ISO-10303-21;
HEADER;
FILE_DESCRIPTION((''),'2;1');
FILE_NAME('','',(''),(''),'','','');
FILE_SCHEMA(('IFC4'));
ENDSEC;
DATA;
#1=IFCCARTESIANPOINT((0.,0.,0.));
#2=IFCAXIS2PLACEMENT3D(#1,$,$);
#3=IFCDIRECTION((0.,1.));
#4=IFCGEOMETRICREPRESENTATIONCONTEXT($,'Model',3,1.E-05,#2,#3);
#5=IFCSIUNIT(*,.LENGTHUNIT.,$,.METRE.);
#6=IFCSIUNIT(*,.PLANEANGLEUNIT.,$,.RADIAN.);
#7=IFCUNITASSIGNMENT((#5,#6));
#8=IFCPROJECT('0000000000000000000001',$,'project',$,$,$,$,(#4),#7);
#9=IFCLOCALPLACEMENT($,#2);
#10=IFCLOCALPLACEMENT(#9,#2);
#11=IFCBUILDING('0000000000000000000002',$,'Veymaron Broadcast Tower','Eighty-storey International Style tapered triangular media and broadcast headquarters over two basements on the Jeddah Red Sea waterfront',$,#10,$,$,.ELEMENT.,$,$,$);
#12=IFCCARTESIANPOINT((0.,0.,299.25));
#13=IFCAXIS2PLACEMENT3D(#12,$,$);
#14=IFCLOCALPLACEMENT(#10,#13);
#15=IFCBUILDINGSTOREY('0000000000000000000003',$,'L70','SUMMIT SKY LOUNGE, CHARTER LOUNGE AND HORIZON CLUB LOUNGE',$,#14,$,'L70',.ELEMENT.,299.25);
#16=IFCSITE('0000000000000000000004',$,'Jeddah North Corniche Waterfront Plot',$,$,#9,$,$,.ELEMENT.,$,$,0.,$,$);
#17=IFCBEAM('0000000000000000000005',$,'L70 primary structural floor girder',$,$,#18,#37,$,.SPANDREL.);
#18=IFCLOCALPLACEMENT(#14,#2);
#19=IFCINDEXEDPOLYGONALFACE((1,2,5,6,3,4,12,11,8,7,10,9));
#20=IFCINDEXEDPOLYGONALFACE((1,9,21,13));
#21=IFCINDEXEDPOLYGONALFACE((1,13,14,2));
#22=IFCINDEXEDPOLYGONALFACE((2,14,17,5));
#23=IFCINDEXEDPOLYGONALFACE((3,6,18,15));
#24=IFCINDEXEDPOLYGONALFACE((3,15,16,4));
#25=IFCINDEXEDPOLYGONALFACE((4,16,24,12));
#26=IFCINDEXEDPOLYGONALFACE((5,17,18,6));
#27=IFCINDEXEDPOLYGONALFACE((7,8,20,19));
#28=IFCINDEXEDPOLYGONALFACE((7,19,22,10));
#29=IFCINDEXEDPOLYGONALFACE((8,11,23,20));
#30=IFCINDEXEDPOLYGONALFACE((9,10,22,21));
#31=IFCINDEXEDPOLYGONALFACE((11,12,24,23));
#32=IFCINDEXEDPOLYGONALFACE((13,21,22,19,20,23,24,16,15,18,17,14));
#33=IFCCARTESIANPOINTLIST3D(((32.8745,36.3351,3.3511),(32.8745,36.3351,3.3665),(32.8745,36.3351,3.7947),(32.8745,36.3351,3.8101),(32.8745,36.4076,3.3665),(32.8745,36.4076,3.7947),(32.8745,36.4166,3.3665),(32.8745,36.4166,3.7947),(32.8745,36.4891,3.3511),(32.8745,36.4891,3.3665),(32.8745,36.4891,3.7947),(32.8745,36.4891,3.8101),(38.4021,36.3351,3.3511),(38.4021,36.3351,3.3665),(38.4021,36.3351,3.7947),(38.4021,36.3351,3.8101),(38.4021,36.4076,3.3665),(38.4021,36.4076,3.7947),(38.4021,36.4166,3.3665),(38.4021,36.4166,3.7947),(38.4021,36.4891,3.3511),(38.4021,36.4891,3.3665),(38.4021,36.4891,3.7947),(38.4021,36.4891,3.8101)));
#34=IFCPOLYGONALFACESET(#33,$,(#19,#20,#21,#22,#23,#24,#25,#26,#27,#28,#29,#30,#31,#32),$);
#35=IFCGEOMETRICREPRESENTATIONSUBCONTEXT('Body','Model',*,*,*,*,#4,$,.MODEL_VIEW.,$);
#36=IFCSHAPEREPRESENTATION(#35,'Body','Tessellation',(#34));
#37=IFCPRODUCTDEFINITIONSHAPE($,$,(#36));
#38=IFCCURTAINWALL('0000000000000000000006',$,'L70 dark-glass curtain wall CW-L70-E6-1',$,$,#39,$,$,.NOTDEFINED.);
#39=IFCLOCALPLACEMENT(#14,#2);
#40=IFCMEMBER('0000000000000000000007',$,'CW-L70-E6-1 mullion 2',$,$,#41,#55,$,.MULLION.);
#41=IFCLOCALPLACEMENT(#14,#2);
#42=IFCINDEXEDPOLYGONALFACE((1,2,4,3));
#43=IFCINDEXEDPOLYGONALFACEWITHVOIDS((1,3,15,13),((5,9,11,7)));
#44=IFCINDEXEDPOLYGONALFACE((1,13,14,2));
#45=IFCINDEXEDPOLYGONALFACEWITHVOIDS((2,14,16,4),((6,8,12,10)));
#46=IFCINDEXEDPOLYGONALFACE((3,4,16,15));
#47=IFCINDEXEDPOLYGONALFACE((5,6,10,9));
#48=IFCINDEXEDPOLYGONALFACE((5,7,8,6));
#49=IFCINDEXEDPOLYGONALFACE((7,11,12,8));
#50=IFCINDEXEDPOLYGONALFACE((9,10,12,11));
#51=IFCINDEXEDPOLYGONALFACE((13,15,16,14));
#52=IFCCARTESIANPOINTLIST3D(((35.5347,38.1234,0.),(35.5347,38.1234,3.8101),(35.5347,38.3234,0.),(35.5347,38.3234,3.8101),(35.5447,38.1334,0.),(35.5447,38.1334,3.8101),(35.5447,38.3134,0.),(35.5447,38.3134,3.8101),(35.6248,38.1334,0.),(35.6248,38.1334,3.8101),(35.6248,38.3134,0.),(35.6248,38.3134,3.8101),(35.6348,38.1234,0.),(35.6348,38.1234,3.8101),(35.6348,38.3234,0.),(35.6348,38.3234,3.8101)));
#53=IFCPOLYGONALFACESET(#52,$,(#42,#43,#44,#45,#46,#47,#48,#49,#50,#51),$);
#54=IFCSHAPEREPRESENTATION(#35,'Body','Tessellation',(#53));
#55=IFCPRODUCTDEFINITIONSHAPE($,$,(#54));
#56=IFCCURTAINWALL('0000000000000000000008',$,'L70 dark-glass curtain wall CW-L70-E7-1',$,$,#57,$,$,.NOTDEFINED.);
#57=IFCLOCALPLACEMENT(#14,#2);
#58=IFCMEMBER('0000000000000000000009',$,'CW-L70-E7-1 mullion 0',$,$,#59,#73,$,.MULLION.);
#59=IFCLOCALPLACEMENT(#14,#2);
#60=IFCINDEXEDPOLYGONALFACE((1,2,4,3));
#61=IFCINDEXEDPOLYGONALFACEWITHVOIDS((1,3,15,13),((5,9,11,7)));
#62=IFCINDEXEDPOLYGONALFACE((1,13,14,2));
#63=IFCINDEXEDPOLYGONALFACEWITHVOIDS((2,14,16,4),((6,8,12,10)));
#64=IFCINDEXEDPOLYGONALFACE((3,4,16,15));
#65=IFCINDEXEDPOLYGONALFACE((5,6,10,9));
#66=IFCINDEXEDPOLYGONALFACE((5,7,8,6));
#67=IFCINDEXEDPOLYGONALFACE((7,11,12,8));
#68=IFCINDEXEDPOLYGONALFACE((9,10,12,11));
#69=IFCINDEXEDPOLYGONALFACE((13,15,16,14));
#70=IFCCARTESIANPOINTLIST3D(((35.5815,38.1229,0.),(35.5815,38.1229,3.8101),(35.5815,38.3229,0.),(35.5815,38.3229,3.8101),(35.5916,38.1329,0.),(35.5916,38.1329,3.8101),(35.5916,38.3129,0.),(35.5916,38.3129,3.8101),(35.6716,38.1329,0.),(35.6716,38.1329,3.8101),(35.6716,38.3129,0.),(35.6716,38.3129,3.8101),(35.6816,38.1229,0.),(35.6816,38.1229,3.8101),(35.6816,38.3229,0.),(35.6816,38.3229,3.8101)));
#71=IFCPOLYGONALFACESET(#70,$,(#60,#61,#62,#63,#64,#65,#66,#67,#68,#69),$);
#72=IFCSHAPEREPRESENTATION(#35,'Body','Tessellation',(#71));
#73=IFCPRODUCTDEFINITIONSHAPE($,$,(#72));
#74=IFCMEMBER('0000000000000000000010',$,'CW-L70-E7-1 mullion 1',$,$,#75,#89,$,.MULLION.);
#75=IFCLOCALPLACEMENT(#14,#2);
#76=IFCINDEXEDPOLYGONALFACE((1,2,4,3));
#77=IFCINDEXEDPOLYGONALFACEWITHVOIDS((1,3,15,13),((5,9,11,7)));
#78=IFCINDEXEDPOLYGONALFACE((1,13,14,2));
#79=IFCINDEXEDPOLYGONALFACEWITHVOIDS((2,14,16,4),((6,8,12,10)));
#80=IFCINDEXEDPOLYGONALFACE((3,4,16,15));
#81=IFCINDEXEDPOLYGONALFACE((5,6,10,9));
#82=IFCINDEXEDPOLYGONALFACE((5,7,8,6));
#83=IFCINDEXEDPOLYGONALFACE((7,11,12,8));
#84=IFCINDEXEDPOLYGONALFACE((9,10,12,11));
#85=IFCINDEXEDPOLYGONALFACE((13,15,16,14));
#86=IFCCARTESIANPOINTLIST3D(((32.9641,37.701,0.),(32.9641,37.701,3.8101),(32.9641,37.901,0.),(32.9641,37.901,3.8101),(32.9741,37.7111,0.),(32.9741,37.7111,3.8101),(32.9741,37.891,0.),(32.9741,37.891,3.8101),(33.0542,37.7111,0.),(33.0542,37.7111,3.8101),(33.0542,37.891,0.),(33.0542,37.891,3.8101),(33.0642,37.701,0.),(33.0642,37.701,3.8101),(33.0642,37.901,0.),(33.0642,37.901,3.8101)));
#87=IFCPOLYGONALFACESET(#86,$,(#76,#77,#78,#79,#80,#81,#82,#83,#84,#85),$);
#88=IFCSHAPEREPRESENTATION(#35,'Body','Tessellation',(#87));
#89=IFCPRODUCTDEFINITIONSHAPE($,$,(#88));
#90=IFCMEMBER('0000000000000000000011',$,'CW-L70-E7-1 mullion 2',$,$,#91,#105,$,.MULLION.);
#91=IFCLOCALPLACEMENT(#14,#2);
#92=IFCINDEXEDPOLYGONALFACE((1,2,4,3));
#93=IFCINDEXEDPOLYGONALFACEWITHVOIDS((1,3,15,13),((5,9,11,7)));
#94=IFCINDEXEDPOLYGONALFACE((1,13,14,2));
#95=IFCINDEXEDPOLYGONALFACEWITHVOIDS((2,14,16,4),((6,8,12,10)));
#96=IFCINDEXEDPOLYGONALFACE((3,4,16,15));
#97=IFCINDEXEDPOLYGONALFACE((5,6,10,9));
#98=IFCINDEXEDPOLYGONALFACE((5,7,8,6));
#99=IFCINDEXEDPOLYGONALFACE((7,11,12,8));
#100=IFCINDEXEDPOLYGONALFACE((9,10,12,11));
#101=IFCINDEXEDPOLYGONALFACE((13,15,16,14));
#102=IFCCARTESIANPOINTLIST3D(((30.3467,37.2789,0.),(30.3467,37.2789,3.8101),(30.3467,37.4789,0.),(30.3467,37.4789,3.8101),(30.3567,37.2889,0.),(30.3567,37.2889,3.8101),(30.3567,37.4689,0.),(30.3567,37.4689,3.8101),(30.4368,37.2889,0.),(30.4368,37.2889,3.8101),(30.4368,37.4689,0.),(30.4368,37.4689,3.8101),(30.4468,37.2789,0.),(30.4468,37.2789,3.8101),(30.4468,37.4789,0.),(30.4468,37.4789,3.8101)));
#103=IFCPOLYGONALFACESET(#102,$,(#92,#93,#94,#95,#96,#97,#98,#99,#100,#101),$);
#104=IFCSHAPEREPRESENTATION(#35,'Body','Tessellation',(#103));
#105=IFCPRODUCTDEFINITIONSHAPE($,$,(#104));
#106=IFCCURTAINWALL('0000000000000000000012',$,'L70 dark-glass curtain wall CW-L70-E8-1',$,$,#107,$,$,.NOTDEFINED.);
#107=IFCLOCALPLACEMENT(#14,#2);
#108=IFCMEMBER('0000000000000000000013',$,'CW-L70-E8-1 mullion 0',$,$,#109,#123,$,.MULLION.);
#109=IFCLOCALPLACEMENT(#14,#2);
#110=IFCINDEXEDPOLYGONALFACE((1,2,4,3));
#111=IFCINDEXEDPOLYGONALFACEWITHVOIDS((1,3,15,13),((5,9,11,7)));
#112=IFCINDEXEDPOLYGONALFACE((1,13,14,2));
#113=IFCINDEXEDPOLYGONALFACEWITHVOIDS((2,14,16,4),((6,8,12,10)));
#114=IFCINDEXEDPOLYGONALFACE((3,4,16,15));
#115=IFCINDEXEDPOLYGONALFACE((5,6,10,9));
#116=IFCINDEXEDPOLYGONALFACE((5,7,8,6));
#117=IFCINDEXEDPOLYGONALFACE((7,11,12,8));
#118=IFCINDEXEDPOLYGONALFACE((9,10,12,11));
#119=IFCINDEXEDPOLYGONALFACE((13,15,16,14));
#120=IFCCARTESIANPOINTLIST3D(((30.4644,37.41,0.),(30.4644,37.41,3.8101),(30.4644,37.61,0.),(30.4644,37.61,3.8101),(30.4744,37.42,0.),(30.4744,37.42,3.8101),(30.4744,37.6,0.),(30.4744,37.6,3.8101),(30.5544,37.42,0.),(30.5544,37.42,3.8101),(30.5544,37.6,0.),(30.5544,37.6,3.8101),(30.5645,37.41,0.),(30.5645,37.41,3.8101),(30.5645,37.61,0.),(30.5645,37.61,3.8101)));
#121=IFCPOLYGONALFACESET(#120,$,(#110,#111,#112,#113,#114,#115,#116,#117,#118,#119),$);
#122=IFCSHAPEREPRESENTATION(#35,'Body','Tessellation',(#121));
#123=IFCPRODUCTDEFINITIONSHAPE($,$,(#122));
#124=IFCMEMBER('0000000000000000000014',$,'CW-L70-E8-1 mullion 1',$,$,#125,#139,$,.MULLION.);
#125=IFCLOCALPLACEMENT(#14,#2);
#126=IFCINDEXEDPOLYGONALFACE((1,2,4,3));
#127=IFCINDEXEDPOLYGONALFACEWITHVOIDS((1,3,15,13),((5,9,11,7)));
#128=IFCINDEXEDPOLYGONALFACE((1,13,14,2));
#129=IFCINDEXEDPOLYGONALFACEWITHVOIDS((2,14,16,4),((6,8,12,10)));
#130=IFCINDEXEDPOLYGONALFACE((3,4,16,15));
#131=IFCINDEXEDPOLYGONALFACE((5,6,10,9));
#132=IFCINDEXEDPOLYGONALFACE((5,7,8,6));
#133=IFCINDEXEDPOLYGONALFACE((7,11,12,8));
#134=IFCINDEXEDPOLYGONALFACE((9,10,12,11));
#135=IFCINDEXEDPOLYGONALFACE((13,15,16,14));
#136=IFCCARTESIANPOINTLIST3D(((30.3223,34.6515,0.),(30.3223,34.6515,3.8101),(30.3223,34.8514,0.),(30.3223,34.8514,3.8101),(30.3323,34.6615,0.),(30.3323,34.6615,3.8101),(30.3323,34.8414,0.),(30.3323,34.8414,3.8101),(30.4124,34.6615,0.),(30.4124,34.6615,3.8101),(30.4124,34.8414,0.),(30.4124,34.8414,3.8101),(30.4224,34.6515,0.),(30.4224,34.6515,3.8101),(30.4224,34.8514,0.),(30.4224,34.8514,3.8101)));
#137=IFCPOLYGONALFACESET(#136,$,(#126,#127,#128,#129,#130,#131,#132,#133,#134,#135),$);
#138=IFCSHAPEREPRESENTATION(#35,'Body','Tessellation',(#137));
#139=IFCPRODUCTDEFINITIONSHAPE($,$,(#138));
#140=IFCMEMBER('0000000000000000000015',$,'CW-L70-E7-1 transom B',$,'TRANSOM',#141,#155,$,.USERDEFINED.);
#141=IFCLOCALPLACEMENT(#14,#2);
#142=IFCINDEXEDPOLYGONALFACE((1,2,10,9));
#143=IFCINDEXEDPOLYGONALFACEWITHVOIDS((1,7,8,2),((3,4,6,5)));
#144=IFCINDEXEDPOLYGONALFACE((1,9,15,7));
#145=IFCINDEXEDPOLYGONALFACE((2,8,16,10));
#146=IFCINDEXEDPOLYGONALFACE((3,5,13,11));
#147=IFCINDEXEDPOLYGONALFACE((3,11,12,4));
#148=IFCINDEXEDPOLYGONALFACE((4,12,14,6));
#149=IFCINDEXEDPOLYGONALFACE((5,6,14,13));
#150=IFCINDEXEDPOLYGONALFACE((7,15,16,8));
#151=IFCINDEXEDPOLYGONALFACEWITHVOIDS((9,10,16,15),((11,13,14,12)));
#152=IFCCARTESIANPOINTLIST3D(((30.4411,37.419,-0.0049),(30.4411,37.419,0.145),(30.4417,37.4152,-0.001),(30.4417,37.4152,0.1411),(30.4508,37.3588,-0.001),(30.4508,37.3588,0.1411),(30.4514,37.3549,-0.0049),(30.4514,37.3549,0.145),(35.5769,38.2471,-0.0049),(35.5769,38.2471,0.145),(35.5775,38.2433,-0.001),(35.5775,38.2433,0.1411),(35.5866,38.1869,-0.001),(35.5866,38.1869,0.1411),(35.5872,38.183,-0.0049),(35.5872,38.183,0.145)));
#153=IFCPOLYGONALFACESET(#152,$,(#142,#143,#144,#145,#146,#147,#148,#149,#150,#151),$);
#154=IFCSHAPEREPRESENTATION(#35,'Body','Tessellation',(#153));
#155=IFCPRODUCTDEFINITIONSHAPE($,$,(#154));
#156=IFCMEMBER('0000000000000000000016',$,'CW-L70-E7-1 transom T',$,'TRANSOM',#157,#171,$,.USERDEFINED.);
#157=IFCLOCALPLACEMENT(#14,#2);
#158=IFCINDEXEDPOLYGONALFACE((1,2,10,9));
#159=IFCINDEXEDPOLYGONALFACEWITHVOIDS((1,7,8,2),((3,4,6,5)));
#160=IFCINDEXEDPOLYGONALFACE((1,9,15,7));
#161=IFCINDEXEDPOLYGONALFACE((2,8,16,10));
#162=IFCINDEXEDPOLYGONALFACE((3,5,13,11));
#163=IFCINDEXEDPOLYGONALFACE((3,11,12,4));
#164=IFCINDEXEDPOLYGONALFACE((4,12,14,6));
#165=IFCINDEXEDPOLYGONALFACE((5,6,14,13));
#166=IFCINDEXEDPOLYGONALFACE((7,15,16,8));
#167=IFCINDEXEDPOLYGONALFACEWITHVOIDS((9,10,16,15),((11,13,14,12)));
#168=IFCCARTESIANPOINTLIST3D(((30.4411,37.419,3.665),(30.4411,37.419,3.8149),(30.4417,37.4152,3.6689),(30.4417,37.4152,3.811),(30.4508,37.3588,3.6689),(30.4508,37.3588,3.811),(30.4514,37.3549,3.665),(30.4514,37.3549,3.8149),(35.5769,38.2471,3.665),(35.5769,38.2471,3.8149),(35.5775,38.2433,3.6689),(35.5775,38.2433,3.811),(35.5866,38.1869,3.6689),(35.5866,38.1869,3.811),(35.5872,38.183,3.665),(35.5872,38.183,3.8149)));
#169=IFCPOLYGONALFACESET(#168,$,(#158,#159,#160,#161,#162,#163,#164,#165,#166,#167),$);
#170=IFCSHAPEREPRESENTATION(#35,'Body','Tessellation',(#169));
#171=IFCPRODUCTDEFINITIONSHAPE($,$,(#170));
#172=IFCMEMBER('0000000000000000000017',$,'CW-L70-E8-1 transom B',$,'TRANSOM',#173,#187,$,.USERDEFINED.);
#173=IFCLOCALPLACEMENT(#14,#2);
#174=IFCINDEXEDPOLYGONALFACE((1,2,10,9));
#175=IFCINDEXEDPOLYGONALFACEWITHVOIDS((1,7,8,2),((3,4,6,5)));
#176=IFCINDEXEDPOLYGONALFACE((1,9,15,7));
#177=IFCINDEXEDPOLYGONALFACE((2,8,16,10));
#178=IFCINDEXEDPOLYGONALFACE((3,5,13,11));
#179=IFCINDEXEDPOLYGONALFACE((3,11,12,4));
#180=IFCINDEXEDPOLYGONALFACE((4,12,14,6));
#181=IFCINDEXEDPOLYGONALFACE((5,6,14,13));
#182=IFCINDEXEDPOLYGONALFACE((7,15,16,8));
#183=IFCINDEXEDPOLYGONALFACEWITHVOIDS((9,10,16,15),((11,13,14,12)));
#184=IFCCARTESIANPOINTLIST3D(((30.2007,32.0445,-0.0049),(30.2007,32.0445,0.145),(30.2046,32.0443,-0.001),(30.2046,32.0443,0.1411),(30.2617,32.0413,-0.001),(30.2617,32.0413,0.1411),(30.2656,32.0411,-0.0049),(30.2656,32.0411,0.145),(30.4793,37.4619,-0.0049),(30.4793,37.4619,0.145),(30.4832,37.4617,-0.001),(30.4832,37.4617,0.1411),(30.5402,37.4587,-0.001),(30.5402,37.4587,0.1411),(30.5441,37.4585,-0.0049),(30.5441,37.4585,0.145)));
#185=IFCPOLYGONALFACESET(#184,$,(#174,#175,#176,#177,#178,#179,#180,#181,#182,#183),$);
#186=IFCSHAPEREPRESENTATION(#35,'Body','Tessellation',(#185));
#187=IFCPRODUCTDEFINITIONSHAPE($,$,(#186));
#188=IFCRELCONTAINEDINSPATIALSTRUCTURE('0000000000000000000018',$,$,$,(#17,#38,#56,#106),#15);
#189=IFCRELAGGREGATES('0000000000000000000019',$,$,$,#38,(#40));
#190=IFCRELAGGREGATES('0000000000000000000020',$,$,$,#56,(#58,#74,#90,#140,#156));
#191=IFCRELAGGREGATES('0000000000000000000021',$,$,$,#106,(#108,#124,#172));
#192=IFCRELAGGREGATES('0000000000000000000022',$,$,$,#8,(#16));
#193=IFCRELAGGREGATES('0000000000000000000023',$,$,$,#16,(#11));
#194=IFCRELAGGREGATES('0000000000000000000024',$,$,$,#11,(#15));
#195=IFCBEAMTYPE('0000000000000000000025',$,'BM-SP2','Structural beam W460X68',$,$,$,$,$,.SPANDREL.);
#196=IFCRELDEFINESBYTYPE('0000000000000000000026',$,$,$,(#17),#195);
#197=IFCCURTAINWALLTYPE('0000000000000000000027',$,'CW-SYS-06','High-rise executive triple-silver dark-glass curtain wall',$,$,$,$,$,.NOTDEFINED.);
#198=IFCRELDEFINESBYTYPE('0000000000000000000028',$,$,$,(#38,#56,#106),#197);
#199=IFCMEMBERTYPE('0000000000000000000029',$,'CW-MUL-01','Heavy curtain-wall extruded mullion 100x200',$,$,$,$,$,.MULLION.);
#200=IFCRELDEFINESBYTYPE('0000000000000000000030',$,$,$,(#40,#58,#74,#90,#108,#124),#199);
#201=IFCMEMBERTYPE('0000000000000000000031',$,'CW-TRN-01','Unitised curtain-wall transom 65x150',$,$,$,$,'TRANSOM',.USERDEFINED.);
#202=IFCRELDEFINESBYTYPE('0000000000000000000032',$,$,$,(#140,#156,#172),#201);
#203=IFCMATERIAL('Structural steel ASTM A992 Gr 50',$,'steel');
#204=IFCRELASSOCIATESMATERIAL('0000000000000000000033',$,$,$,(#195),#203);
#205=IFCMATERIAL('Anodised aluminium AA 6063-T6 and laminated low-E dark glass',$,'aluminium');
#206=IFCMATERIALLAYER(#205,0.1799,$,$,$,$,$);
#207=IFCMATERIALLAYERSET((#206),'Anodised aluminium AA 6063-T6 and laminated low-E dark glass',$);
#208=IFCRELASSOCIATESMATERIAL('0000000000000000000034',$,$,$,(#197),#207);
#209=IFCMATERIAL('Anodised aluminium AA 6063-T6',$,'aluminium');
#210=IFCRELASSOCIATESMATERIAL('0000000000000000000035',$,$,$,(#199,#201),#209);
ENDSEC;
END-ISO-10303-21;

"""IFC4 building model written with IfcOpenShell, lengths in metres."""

from ifc_helpers import new_model, si_unit, direction, frame, origin, origin_2d, place, context, subcontext, project, spatial, hollow_rectangle, i_section, extrude, material, layer, layer_set, material_profile, profile_set, type_object, element, aggregate, save


model = new_model("IFC4")

# Units and contexts
model_context = context("Model", 3, precision=1e-05, world=origin(), true_north=direction((0.0, 1.0)))
body_context = subcontext(model_context, "Body", "Model", "MODEL_VIEW")
ifc_project = project(units=[si_unit("LENGTHUNIT", "METRE"), si_unit("PLANEANGLEUNIT", "RADIAN")], contexts=[model_context])

# Site, building, storey
site_placement = place(None, origin())
site = spatial("IfcSite", under=ifc_project, at=site_placement, Name="Jeddah North Corniche Waterfront Plot", CompositionType="ELEMENT", RefElevation=0.0)
building_placement = place(site_placement, origin())
building = spatial("IfcBuilding", under=site, at=building_placement, Name="Veymaron Broadcast Tower", Description="Eighty-storey International Style tapered triangular media and broadcast headquarters over two basements on the Jeddah Red Sea waterfront", CompositionType="ELEMENT")
storey_placement = place(building_placement, frame((0.0, 0.0, 299.25)))
storey = spatial("IfcBuildingStorey", under=building, at=storey_placement, Name="L70", Description="SUMMIT SKY LOUNGE, CHARTER LOUNGE AND HORIZON CLUB LOUNGE", LongName="L70", CompositionType="ELEMENT", Elevation=299.25)

# Shared definitions
ifc_material_1 = material(Name="Structural steel ASTM A992 Gr 50", Category="steel")

# Beam
ifc_material_profile_1 = material_profile(ifc_material_1, i_section(OverallWidth=0.1541, OverallDepth=0.459, WebThickness=0.009, FlangeThickness=0.0154, at=origin_2d()), Name="W460X68")
ifc_profile_set_1 = profile_set([ifc_material_profile_1], Name="Structural steel ASTM A992 Gr 50")
beam_type_1 = type_object("IfcBeamType", Name="BM-SP2", Description="Structural beam W460X68", PredefinedType="SPANDREL", material=ifc_profile_set_1)
beam_1_placement = place(storey_placement, frame((32.8745, 36.4121, 3.5806), z_axis=(1.0, 0.0, 0.0), x_axis=(0.0, 1.0, 0.0)))
element("IfcBeam", 1, at=beam_1_placement, inside=storey, type_object=beam_type_1, Name="L70 primary structural floor girder", PredefinedType="SPANDREL", context=body_context, shape_type="SweptSolid", body=[
    extrude(i_section(OverallWidth=0.1541, OverallDepth=0.459, WebThickness=0.009, FlangeThickness=0.0154, at=origin_2d()), origin(), (0.0, 0.0, 1.0), 5.5276),
])

# Curtain wall, member
ifc_material_2 = material(Name="Anodised aluminium AA 6063-T6 and laminated low-E dark glass", Category="aluminium")
ifc_layer_1 = layer(ifc_material_2, 0.1799)
ifc_layer_set_1 = layer_set([ifc_layer_1], Name="Anodised aluminium AA 6063-T6 and laminated low-E dark glass")
curtain_wall_type = type_object("IfcCurtainWallType", Name="CW-SYS-06", Description="High-rise executive triple-silver dark-glass curtain wall", PredefinedType="NOTDEFINED", material=ifc_layer_set_1)
curtain_wall_1_placement = place(storey_placement, origin())
curtain_wall_1 = element("IfcCurtainWall", 2, at=curtain_wall_1_placement, inside=storey, type_object=curtain_wall_type, Name="L70 dark-glass curtain wall CW-L70-E6-1", PredefinedType="NOTDEFINED")
ifc_material_3 = material(Name="Anodised aluminium AA 6063-T6", Category="aluminium")
ifc_material_profile_2 = material_profile(ifc_material_3, hollow_rectangle(XDim=0.1001, YDim=0.2, WallThickness=0.01, at=origin_2d()), Name="RHS200X100X10")
ifc_profile_set_2 = profile_set([ifc_material_profile_2], Name="Anodised aluminium AA 6063-T6")
member_type_1 = type_object("IfcMemberType", Name="CW-MUL-01", Description="Heavy curtain-wall extruded mullion 100x200", PredefinedType="MULLION", material=ifc_profile_set_2)
member_1_placement = place(storey_placement, frame((35.5847, 38.2234, 0.0), z_axis=(0.0, 0.0, 1.0), x_axis=(1.0, 0.0, 0.0)))
member_1 = element("IfcMember", 3, at=member_1_placement, type_object=member_type_1, Name="CW-L70-E6-1 mullion 2", PredefinedType="MULLION", context=body_context, shape_type="SweptSolid", body=[
    extrude(hollow_rectangle(XDim=0.1001, YDim=0.2, WallThickness=0.01, at=origin_2d()), origin(), (0.0, 0.0, 1.0), 3.8101),
])
aggregate(curtain_wall_1, [member_1])

# Curtain walls, members
curtain_wall_2_placement = place(storey_placement, origin())
curtain_wall_2 = element("IfcCurtainWall", 4, at=curtain_wall_2_placement, inside=storey, type_object=curtain_wall_type, Name="L70 dark-glass curtain wall CW-L70-E7-1", PredefinedType="NOTDEFINED")
member_2_placement = place(storey_placement, frame((35.6316, 38.2229, 0.0), z_axis=(0.0, 0.0, 1.0), x_axis=(1.0, 0.0, 0.0)))
member_2 = element("IfcMember", 5, at=member_2_placement, type_object=member_type_1, Name="CW-L70-E7-1 mullion 0", PredefinedType="MULLION", context=body_context, shape_type="SweptSolid", body=[
    extrude(hollow_rectangle(XDim=0.1001, YDim=0.2, WallThickness=0.01, at=origin_2d()), origin(), (0.0, 0.0, 1.0), 3.8101),
])
member_3_placement = place(storey_placement, frame((33.0142, 37.801, 0.0), z_axis=(0.0, 0.0, 1.0), x_axis=(1.0, 0.0, 0.0)))
member_3 = element("IfcMember", 6, at=member_3_placement, type_object=member_type_1, Name="CW-L70-E7-1 mullion 1", PredefinedType="MULLION", context=body_context, shape_type="SweptSolid", body=[
    extrude(hollow_rectangle(XDim=0.1001, YDim=0.2, WallThickness=0.01, at=origin_2d()), origin(), (0.0, 0.0, 1.0), 3.8101),
])
member_4_placement = place(storey_placement, frame((30.3967, 37.3789, 0.0), z_axis=(0.0, 0.0, 1.0), x_axis=(1.0, 0.0, 0.0)))
member_4 = element("IfcMember", 7, at=member_4_placement, type_object=member_type_1, Name="CW-L70-E7-1 mullion 2", PredefinedType="MULLION", context=body_context, shape_type="SweptSolid", body=[
    extrude(hollow_rectangle(XDim=0.1001, YDim=0.2, WallThickness=0.01, at=origin_2d()), origin(), (0.0, 0.0, 1.0), 3.8101),
])
curtain_wall_3_placement = place(storey_placement, origin())
curtain_wall_3 = element("IfcCurtainWall", 8, at=curtain_wall_3_placement, inside=storey, type_object=curtain_wall_type, Name="L70 dark-glass curtain wall CW-L70-E8-1", PredefinedType="NOTDEFINED")
member_5_placement = place(storey_placement, frame((30.5144, 37.51, 0.0), z_axis=(0.0, 0.0, 1.0), x_axis=(1.0, 0.0, 0.0)))
member_5 = element("IfcMember", 9, at=member_5_placement, type_object=member_type_1, Name="CW-L70-E8-1 mullion 0", PredefinedType="MULLION", context=body_context, shape_type="SweptSolid", body=[
    extrude(hollow_rectangle(XDim=0.1001, YDim=0.2, WallThickness=0.01, at=origin_2d()), origin(), (0.0, 0.0, 1.0), 3.8101),
])
member_6_placement = place(storey_placement, frame((30.3723, 34.7515, 0.0), z_axis=(0.0, 0.0, 1.0), x_axis=(1.0, 0.0, 0.0)))
member_6 = element("IfcMember", 10, at=member_6_placement, type_object=member_type_1, Name="CW-L70-E8-1 mullion 1", PredefinedType="MULLION", context=body_context, shape_type="SweptSolid", body=[
    extrude(hollow_rectangle(XDim=0.1001, YDim=0.2, WallThickness=0.01, at=origin_2d()), origin(), (0.0, 0.0, 1.0), 3.8101),
])

# Members
ifc_material_profile_3 = material_profile(ifc_material_3, hollow_rectangle(XDim=0.0649, YDim=0.1499, WallThickness=0.0039, at=origin_2d()), Name="AL150X65X4")
ifc_profile_set_3 = profile_set([ifc_material_profile_3], Name="Anodised aluminium AA 6063-T6")
member_type_2 = type_object("IfcMemberType", Name="CW-TRN-01", Description="Unitised curtain-wall transom 65x150", ElementType="TRANSOM", PredefinedType="USERDEFINED", material=ifc_profile_set_3)
member_7_placement = place(storey_placement, frame((35.582, 38.2151, 0.0701), z_axis=(-0.987248, -0.159191, 0.0), x_axis=(0.159191, -0.987248, 0.0)))
member_7 = element("IfcMember", 11, at=member_7_placement, type_object=member_type_2, Name="CW-L70-E7-1 transom B", ObjectType="TRANSOM", PredefinedType="USERDEFINED", context=body_context, shape_type="SweptSolid", body=[
    extrude(hollow_rectangle(XDim=0.0649, YDim=0.1499, WallThickness=0.0039, at=origin_2d()), origin(), (0.0, 0.0, 1.0), 5.2021),
])
member_8_placement = place(storey_placement, frame((35.582, 38.2151, 3.74), z_axis=(-0.987248, -0.159191, 0.0), x_axis=(0.159191, -0.987248, 0.0)))
member_8 = element("IfcMember", 12, at=member_8_placement, type_object=member_type_2, Name="CW-L70-E7-1 transom T", ObjectType="TRANSOM", PredefinedType="USERDEFINED", context=body_context, shape_type="SweptSolid", body=[
    extrude(hollow_rectangle(XDim=0.0649, YDim=0.1499, WallThickness=0.0039, at=origin_2d()), origin(), (0.0, 0.0, 1.0), 5.2021),
])
member_9_placement = place(storey_placement, frame((30.5117, 37.4602, 0.0701), z_axis=(-0.051352, -0.998681, 0.0), x_axis=(0.998681, -0.051352, 0.0)))
member_9 = element("IfcMember", 13, at=member_9_placement, type_object=member_type_2, Name="CW-L70-E8-1 transom B", ObjectType="TRANSOM", PredefinedType="USERDEFINED", context=body_context, shape_type="SweptSolid", body=[
    extrude(hollow_rectangle(XDim=0.0649, YDim=0.1499, WallThickness=0.0039, at=origin_2d()), origin(), (0.0, 0.0, 1.0), 5.4246),
])

aggregate(curtain_wall_2, [member_2, member_3, member_4, member_7, member_8])
aggregate(curtain_wall_3, [member_5, member_6, member_9])

save(model, "model.ifc")
